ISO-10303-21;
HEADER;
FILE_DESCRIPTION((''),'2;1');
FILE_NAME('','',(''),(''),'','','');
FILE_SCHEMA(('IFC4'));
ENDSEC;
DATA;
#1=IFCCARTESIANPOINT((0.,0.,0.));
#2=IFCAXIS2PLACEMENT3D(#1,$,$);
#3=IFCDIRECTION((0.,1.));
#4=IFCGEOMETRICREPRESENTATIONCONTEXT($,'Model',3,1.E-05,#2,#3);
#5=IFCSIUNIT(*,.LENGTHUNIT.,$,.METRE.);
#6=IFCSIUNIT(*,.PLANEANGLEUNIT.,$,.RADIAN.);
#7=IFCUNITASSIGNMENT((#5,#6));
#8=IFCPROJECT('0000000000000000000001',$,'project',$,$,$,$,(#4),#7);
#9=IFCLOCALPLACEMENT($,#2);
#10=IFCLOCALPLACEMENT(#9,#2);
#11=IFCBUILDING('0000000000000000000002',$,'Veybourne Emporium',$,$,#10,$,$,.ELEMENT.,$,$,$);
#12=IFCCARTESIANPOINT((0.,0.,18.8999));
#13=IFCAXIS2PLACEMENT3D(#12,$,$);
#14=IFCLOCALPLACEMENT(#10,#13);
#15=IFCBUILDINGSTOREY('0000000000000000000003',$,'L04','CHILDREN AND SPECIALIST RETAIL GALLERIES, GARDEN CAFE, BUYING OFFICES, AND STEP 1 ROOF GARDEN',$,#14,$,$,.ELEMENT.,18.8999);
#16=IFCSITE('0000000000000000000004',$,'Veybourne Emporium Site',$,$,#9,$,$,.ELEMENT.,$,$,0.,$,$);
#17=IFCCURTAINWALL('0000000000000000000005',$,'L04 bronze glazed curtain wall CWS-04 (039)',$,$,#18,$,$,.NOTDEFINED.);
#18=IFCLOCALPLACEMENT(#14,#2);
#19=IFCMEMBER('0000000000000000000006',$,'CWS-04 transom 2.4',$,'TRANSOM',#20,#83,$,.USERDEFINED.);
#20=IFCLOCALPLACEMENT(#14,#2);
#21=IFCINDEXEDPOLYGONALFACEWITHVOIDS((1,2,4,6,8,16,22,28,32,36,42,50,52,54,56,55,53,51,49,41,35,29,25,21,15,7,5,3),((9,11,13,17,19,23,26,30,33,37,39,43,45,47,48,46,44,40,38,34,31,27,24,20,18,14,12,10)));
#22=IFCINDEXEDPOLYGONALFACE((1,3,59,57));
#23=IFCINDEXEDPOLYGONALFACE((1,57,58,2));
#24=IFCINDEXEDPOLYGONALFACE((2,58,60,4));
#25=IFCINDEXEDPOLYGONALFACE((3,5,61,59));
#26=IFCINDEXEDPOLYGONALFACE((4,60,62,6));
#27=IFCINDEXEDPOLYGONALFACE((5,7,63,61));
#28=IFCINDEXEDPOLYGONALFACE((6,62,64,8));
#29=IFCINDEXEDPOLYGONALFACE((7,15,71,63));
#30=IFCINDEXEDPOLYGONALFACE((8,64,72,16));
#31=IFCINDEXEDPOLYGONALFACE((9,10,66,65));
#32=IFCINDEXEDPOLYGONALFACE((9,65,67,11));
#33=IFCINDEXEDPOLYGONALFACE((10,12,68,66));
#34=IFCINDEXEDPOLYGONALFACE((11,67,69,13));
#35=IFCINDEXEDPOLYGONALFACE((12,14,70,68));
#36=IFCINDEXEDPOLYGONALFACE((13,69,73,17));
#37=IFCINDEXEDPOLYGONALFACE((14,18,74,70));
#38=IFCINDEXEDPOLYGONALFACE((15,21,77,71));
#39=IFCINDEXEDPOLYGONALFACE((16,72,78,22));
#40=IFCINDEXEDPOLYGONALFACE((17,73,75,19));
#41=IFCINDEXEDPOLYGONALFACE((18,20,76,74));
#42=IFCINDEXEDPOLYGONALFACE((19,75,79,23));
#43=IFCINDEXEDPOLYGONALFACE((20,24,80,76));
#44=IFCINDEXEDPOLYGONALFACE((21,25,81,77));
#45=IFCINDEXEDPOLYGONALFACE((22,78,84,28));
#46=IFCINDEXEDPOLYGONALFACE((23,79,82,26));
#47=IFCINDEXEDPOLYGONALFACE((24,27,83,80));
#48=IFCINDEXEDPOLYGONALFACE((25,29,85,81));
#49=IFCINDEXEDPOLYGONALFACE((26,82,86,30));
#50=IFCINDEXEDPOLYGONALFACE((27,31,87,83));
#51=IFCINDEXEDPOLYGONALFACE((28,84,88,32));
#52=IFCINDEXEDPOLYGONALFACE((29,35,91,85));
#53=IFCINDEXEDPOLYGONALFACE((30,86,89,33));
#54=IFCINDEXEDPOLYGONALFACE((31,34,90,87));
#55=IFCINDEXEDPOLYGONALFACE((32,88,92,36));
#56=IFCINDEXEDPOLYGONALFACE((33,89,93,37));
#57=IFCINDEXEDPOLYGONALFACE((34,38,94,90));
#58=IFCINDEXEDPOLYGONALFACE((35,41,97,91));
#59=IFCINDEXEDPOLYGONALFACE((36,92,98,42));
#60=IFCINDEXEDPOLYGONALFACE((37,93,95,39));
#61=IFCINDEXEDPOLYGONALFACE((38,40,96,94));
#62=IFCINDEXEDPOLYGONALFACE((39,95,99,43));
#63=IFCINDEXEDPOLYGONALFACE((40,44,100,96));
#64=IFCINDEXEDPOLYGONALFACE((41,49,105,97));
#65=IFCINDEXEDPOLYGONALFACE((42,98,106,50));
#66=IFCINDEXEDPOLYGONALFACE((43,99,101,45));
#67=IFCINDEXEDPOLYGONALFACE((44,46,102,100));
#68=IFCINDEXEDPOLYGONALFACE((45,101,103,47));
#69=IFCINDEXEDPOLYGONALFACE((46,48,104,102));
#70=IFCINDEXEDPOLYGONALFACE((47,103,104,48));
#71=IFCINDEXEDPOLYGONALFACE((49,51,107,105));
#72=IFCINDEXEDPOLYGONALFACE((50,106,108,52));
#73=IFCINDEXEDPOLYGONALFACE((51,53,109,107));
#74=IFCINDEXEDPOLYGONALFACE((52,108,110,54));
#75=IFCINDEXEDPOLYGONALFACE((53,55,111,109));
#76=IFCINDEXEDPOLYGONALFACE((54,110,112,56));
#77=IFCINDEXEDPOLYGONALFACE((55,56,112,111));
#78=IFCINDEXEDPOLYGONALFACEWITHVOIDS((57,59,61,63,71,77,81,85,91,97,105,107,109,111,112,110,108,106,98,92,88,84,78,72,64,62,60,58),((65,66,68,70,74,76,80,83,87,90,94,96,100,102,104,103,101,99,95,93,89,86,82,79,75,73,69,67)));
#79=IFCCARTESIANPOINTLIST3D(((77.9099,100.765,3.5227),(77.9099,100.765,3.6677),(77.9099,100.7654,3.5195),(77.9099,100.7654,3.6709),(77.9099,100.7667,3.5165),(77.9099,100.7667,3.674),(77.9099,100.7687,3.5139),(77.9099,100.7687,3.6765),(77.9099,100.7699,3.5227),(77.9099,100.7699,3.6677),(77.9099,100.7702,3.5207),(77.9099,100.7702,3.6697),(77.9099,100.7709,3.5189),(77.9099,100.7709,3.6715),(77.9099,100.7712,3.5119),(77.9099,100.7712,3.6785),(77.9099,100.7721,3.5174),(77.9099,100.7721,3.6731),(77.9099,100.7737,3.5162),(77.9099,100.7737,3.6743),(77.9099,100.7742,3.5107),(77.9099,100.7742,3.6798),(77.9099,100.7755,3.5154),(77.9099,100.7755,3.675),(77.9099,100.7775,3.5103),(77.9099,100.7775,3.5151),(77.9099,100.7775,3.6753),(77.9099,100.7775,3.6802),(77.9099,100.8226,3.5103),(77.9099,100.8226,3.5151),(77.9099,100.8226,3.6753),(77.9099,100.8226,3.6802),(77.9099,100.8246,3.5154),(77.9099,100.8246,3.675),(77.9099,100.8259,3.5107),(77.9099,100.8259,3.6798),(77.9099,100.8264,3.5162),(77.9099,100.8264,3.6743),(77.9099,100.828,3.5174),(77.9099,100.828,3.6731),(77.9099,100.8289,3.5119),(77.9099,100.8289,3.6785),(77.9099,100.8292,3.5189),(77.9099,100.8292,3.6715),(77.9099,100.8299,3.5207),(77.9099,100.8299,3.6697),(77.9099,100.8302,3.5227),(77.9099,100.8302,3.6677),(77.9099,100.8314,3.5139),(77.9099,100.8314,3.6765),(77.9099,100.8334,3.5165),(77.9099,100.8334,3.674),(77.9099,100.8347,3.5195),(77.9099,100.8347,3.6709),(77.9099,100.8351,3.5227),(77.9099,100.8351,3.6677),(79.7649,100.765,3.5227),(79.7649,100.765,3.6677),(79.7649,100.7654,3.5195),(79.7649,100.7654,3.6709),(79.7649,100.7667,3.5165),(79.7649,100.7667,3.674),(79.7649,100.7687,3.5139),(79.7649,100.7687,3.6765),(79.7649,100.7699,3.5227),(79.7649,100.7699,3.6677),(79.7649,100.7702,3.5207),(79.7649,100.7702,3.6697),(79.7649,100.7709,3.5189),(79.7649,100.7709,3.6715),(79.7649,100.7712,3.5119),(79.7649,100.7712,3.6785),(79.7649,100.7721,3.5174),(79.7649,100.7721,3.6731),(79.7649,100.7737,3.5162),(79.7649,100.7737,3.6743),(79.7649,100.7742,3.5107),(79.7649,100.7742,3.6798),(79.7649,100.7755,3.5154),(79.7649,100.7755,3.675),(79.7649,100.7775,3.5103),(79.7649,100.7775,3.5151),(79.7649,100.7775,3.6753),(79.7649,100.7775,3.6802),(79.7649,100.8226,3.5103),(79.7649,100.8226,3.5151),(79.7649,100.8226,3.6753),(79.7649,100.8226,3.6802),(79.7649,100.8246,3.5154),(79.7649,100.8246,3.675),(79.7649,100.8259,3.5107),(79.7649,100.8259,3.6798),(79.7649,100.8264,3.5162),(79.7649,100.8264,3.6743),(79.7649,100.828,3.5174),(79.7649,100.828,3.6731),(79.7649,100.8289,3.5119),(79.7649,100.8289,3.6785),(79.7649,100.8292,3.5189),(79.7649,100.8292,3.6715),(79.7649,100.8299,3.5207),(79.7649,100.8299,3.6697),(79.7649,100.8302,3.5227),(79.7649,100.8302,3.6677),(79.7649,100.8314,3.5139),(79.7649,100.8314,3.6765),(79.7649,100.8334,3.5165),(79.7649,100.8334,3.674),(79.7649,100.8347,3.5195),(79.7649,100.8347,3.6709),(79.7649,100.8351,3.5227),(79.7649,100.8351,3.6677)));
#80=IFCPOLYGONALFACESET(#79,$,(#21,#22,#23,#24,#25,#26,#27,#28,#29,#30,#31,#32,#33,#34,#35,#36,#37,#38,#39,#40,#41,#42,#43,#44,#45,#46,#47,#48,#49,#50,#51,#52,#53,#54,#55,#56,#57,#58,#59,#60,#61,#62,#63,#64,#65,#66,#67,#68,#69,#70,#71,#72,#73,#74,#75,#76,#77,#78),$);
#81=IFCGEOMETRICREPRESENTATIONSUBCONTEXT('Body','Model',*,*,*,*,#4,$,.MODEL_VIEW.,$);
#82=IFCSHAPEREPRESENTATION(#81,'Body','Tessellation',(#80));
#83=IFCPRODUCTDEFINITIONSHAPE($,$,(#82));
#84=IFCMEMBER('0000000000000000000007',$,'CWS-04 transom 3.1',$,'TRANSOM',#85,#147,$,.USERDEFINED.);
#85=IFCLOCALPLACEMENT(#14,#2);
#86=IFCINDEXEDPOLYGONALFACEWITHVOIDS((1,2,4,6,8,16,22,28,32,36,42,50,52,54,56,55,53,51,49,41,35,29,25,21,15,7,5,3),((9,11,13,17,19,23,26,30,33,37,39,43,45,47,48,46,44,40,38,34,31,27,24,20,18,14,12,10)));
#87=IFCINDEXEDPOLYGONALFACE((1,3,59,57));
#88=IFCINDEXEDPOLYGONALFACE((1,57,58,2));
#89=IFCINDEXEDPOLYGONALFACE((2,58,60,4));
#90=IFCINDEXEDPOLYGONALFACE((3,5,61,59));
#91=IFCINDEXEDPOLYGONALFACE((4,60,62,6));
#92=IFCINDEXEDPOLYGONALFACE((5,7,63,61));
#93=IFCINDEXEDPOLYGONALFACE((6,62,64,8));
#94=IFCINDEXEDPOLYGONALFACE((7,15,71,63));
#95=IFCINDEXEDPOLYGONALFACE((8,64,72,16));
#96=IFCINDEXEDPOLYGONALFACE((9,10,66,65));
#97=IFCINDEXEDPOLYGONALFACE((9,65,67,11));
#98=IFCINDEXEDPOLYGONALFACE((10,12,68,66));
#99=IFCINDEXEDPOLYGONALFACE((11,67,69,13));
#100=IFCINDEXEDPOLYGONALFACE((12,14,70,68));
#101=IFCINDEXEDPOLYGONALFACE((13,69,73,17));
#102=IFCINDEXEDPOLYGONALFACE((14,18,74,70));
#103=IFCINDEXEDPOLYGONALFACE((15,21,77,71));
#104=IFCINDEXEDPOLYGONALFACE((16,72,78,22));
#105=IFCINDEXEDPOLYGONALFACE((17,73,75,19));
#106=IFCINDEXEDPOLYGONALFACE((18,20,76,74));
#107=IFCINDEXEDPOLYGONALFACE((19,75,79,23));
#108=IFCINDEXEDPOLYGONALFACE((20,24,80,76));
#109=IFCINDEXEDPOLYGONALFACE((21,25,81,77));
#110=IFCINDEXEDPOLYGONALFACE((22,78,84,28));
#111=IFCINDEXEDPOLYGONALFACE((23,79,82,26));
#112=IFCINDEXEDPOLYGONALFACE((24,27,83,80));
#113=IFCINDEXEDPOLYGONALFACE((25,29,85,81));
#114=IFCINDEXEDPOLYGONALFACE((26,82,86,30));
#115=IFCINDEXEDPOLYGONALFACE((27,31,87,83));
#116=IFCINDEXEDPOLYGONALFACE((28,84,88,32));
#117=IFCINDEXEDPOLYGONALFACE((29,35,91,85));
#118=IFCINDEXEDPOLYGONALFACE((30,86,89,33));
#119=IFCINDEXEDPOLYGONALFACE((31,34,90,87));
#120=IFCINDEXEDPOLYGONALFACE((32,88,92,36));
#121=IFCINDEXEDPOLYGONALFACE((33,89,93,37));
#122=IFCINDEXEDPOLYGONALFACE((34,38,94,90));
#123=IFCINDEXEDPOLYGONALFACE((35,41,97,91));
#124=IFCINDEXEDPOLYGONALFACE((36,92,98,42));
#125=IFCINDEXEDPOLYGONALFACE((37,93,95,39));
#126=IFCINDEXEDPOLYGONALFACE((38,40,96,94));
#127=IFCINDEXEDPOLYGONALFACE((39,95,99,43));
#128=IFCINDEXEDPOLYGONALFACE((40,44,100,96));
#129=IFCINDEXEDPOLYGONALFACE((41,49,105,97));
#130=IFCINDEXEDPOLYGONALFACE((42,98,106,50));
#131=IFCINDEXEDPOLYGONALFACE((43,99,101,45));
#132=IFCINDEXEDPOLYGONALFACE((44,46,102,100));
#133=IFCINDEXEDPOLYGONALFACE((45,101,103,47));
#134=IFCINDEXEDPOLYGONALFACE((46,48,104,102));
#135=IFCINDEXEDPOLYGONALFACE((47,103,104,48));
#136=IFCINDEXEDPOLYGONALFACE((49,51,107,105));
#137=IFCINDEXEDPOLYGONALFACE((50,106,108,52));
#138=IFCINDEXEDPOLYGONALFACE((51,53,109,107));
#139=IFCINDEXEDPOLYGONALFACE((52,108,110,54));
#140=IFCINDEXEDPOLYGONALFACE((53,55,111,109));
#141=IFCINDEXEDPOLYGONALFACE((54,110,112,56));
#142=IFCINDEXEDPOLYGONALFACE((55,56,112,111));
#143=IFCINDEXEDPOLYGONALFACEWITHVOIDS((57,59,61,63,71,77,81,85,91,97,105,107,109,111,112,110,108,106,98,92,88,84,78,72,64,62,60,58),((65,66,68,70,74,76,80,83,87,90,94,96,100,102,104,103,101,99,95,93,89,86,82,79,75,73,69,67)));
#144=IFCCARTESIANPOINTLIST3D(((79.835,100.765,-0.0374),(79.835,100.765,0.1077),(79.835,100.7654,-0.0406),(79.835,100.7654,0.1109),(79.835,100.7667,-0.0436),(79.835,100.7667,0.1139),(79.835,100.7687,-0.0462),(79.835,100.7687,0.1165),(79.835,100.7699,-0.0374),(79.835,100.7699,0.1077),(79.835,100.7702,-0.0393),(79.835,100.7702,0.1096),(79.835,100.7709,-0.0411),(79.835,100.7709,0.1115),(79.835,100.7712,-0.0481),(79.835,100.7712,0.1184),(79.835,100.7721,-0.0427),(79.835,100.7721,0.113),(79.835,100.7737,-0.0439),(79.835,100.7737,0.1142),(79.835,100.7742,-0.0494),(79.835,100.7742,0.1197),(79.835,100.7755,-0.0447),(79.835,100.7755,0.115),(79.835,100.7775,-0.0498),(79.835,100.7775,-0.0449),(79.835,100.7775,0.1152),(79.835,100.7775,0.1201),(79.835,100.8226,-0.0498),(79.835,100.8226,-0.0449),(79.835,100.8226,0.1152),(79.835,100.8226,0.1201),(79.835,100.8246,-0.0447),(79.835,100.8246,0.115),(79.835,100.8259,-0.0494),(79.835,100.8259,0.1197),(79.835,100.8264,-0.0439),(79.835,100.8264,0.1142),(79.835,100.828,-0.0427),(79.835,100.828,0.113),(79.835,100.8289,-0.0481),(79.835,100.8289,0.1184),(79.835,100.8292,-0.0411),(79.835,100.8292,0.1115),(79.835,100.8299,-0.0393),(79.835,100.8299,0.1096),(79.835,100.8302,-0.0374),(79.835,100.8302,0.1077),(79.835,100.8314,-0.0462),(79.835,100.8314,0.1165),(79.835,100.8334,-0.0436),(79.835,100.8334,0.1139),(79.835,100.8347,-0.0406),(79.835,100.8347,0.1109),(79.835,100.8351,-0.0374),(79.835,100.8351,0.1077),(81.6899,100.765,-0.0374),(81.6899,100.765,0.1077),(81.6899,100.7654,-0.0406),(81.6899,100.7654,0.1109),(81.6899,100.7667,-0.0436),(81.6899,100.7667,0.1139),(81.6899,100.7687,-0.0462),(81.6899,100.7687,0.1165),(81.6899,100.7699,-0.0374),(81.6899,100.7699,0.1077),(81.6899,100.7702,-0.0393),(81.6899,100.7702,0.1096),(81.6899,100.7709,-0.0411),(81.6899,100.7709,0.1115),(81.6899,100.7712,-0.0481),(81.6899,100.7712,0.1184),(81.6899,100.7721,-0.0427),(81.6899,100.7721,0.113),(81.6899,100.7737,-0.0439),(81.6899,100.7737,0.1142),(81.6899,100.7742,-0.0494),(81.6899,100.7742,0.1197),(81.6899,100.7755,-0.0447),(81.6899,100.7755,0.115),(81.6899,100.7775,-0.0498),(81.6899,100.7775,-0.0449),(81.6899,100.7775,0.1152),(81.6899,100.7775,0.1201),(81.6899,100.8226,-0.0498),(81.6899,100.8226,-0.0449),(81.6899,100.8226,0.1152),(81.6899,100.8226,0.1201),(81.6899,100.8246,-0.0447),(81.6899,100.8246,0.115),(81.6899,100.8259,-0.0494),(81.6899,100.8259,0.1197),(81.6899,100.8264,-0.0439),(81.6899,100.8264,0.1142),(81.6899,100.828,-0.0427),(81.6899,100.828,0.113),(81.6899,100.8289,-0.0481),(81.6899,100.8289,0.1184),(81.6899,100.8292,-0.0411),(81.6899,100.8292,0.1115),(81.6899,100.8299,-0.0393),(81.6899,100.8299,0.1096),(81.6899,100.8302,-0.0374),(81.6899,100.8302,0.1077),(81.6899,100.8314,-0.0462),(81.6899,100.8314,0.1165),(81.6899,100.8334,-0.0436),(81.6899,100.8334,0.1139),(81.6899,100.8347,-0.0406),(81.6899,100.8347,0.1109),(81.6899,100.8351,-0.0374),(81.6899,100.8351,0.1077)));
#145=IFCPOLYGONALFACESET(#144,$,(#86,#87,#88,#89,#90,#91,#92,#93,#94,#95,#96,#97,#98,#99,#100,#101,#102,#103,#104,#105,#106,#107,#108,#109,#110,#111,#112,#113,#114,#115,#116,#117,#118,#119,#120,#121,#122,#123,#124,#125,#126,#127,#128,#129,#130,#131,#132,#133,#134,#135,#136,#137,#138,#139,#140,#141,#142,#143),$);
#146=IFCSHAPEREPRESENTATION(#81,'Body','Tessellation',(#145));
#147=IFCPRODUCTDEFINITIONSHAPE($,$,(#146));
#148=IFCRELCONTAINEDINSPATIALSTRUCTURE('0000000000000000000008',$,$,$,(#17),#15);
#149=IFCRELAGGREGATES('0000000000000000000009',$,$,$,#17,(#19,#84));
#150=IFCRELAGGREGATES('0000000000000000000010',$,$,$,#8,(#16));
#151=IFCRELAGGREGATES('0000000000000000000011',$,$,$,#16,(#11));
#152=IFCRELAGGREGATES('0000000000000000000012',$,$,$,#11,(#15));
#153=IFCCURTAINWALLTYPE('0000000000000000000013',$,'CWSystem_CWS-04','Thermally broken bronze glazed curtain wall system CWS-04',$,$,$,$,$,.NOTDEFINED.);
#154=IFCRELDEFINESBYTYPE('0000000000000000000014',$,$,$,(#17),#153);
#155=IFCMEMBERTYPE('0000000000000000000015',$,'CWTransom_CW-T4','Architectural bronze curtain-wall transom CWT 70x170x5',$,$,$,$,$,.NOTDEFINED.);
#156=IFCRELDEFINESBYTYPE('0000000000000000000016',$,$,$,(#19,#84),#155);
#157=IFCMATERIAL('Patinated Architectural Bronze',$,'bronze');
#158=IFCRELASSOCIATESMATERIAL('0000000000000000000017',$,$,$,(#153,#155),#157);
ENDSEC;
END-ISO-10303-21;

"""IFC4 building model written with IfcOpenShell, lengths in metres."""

from ifc_helpers import new_model, si_unit, direction, frame, origin, origin_2d, place, context, subcontext, project, spatial, hollow_rectangle, extrude, material, material_profile, profile_set, type_object, element, aggregate, save


model = new_model("IFC4")

# Units and contexts
model_context = context("Model", 3, precision=1e-05, world=origin(), true_north=direction((0.0, 1.0)))
body_context = subcontext(model_context, "Body", "Model", "MODEL_VIEW")
ifc_project = project(units=[si_unit("LENGTHUNIT", "METRE"), si_unit("PLANEANGLEUNIT", "RADIAN")], contexts=[model_context])

# Site, building, storey
site_placement = place(None, origin())
site = spatial("IfcSite", under=ifc_project, at=site_placement, Name="Veybourne Emporium Site", CompositionType="ELEMENT", RefElevation=0.0)
building_placement = place(site_placement, origin())
building = spatial("IfcBuilding", under=site, at=building_placement, Name="Veybourne Emporium", CompositionType="ELEMENT")
storey_placement = place(building_placement, frame((0.0, 0.0, 18.8999)))
storey = spatial("IfcBuildingStorey", under=building, at=storey_placement, Name="L04", Description="CHILDREN AND SPECIALIST RETAIL GALLERIES, GARDEN CAFE, BUYING OFFICES, AND STEP 1 ROOF GARDEN", CompositionType="ELEMENT", Elevation=18.8999)

# Curtain wall, members
ifc_material_1 = material(Name="Patinated Architectural Bronze", Category="bronze")
curtain_wall_type = type_object("IfcCurtainWallType", Name="CWSystem_CWS-04", Description="Thermally broken bronze glazed curtain wall system CWS-04", PredefinedType="NOTDEFINED", material=ifc_material_1)
curtain_wall_placement = place(storey_placement, origin())
curtain_wall = element("IfcCurtainWall", 1, at=curtain_wall_placement, inside=storey, type_object=curtain_wall_type, Name="L04 bronze glazed curtain wall CWS-04 (039)", PredefinedType="NOTDEFINED")
ifc_material_profile_1 = material_profile(ifc_material_1, hollow_rectangle(XDim=0.0701, YDim=0.1699, WallThickness=0.0049, InnerFilletRadius=0.0076, OuterFilletRadius=0.0125, at=origin_2d()), Name="CWT 70x170x5")
ifc_profile_set_1 = profile_set([ifc_material_profile_1], Name="Patinated Architectural Bronze")
member_type_1 = type_object("IfcMemberType", Name="CWTransom_CW-T4", Description="Architectural bronze curtain-wall transom CWT 70x170x5", PredefinedType="NOTDEFINED", material=ifc_profile_set_1)
member_1_placement = place(storey_placement, frame((77.9099, 100.8, 3.5952), z_axis=(1.0, 0.0, 0.0), x_axis=(0.0, 1.0, 0.0)))
member_1 = element("IfcMember", 2, at=member_1_placement, type_object=member_type_1, Name="CWS-04 transom 2.4", ObjectType="TRANSOM", PredefinedType="USERDEFINED", context=body_context, shape_type="SweptSolid", body=[
    extrude(hollow_rectangle(XDim=0.0701, YDim=0.1699, WallThickness=0.0049, InnerFilletRadius=0.0076, OuterFilletRadius=0.0125, at=origin_2d()), origin(), (0.0, 0.0, 1.0), 1.855),
])
member_2_placement = place(storey_placement, frame((79.835, 100.8, 0.0352), z_axis=(1.0, 0.0, 0.0), x_axis=(0.0, 1.0, 0.0)))
member_2 = element("IfcMember", 3, at=member_2_placement, type_object=member_type_1, Name="CWS-04 transom 3.1", ObjectType="TRANSOM", PredefinedType="USERDEFINED", context=body_context, shape_type="SweptSolid", body=[
    extrude(hollow_rectangle(XDim=0.0701, YDim=0.1699, WallThickness=0.0049, InnerFilletRadius=0.0076, OuterFilletRadius=0.0125, at=origin_2d()), origin(), (0.0, 0.0, 1.0), 1.855),
])
aggregate(curtain_wall, [member_1, member_2])

save(model, "model.ifc")
